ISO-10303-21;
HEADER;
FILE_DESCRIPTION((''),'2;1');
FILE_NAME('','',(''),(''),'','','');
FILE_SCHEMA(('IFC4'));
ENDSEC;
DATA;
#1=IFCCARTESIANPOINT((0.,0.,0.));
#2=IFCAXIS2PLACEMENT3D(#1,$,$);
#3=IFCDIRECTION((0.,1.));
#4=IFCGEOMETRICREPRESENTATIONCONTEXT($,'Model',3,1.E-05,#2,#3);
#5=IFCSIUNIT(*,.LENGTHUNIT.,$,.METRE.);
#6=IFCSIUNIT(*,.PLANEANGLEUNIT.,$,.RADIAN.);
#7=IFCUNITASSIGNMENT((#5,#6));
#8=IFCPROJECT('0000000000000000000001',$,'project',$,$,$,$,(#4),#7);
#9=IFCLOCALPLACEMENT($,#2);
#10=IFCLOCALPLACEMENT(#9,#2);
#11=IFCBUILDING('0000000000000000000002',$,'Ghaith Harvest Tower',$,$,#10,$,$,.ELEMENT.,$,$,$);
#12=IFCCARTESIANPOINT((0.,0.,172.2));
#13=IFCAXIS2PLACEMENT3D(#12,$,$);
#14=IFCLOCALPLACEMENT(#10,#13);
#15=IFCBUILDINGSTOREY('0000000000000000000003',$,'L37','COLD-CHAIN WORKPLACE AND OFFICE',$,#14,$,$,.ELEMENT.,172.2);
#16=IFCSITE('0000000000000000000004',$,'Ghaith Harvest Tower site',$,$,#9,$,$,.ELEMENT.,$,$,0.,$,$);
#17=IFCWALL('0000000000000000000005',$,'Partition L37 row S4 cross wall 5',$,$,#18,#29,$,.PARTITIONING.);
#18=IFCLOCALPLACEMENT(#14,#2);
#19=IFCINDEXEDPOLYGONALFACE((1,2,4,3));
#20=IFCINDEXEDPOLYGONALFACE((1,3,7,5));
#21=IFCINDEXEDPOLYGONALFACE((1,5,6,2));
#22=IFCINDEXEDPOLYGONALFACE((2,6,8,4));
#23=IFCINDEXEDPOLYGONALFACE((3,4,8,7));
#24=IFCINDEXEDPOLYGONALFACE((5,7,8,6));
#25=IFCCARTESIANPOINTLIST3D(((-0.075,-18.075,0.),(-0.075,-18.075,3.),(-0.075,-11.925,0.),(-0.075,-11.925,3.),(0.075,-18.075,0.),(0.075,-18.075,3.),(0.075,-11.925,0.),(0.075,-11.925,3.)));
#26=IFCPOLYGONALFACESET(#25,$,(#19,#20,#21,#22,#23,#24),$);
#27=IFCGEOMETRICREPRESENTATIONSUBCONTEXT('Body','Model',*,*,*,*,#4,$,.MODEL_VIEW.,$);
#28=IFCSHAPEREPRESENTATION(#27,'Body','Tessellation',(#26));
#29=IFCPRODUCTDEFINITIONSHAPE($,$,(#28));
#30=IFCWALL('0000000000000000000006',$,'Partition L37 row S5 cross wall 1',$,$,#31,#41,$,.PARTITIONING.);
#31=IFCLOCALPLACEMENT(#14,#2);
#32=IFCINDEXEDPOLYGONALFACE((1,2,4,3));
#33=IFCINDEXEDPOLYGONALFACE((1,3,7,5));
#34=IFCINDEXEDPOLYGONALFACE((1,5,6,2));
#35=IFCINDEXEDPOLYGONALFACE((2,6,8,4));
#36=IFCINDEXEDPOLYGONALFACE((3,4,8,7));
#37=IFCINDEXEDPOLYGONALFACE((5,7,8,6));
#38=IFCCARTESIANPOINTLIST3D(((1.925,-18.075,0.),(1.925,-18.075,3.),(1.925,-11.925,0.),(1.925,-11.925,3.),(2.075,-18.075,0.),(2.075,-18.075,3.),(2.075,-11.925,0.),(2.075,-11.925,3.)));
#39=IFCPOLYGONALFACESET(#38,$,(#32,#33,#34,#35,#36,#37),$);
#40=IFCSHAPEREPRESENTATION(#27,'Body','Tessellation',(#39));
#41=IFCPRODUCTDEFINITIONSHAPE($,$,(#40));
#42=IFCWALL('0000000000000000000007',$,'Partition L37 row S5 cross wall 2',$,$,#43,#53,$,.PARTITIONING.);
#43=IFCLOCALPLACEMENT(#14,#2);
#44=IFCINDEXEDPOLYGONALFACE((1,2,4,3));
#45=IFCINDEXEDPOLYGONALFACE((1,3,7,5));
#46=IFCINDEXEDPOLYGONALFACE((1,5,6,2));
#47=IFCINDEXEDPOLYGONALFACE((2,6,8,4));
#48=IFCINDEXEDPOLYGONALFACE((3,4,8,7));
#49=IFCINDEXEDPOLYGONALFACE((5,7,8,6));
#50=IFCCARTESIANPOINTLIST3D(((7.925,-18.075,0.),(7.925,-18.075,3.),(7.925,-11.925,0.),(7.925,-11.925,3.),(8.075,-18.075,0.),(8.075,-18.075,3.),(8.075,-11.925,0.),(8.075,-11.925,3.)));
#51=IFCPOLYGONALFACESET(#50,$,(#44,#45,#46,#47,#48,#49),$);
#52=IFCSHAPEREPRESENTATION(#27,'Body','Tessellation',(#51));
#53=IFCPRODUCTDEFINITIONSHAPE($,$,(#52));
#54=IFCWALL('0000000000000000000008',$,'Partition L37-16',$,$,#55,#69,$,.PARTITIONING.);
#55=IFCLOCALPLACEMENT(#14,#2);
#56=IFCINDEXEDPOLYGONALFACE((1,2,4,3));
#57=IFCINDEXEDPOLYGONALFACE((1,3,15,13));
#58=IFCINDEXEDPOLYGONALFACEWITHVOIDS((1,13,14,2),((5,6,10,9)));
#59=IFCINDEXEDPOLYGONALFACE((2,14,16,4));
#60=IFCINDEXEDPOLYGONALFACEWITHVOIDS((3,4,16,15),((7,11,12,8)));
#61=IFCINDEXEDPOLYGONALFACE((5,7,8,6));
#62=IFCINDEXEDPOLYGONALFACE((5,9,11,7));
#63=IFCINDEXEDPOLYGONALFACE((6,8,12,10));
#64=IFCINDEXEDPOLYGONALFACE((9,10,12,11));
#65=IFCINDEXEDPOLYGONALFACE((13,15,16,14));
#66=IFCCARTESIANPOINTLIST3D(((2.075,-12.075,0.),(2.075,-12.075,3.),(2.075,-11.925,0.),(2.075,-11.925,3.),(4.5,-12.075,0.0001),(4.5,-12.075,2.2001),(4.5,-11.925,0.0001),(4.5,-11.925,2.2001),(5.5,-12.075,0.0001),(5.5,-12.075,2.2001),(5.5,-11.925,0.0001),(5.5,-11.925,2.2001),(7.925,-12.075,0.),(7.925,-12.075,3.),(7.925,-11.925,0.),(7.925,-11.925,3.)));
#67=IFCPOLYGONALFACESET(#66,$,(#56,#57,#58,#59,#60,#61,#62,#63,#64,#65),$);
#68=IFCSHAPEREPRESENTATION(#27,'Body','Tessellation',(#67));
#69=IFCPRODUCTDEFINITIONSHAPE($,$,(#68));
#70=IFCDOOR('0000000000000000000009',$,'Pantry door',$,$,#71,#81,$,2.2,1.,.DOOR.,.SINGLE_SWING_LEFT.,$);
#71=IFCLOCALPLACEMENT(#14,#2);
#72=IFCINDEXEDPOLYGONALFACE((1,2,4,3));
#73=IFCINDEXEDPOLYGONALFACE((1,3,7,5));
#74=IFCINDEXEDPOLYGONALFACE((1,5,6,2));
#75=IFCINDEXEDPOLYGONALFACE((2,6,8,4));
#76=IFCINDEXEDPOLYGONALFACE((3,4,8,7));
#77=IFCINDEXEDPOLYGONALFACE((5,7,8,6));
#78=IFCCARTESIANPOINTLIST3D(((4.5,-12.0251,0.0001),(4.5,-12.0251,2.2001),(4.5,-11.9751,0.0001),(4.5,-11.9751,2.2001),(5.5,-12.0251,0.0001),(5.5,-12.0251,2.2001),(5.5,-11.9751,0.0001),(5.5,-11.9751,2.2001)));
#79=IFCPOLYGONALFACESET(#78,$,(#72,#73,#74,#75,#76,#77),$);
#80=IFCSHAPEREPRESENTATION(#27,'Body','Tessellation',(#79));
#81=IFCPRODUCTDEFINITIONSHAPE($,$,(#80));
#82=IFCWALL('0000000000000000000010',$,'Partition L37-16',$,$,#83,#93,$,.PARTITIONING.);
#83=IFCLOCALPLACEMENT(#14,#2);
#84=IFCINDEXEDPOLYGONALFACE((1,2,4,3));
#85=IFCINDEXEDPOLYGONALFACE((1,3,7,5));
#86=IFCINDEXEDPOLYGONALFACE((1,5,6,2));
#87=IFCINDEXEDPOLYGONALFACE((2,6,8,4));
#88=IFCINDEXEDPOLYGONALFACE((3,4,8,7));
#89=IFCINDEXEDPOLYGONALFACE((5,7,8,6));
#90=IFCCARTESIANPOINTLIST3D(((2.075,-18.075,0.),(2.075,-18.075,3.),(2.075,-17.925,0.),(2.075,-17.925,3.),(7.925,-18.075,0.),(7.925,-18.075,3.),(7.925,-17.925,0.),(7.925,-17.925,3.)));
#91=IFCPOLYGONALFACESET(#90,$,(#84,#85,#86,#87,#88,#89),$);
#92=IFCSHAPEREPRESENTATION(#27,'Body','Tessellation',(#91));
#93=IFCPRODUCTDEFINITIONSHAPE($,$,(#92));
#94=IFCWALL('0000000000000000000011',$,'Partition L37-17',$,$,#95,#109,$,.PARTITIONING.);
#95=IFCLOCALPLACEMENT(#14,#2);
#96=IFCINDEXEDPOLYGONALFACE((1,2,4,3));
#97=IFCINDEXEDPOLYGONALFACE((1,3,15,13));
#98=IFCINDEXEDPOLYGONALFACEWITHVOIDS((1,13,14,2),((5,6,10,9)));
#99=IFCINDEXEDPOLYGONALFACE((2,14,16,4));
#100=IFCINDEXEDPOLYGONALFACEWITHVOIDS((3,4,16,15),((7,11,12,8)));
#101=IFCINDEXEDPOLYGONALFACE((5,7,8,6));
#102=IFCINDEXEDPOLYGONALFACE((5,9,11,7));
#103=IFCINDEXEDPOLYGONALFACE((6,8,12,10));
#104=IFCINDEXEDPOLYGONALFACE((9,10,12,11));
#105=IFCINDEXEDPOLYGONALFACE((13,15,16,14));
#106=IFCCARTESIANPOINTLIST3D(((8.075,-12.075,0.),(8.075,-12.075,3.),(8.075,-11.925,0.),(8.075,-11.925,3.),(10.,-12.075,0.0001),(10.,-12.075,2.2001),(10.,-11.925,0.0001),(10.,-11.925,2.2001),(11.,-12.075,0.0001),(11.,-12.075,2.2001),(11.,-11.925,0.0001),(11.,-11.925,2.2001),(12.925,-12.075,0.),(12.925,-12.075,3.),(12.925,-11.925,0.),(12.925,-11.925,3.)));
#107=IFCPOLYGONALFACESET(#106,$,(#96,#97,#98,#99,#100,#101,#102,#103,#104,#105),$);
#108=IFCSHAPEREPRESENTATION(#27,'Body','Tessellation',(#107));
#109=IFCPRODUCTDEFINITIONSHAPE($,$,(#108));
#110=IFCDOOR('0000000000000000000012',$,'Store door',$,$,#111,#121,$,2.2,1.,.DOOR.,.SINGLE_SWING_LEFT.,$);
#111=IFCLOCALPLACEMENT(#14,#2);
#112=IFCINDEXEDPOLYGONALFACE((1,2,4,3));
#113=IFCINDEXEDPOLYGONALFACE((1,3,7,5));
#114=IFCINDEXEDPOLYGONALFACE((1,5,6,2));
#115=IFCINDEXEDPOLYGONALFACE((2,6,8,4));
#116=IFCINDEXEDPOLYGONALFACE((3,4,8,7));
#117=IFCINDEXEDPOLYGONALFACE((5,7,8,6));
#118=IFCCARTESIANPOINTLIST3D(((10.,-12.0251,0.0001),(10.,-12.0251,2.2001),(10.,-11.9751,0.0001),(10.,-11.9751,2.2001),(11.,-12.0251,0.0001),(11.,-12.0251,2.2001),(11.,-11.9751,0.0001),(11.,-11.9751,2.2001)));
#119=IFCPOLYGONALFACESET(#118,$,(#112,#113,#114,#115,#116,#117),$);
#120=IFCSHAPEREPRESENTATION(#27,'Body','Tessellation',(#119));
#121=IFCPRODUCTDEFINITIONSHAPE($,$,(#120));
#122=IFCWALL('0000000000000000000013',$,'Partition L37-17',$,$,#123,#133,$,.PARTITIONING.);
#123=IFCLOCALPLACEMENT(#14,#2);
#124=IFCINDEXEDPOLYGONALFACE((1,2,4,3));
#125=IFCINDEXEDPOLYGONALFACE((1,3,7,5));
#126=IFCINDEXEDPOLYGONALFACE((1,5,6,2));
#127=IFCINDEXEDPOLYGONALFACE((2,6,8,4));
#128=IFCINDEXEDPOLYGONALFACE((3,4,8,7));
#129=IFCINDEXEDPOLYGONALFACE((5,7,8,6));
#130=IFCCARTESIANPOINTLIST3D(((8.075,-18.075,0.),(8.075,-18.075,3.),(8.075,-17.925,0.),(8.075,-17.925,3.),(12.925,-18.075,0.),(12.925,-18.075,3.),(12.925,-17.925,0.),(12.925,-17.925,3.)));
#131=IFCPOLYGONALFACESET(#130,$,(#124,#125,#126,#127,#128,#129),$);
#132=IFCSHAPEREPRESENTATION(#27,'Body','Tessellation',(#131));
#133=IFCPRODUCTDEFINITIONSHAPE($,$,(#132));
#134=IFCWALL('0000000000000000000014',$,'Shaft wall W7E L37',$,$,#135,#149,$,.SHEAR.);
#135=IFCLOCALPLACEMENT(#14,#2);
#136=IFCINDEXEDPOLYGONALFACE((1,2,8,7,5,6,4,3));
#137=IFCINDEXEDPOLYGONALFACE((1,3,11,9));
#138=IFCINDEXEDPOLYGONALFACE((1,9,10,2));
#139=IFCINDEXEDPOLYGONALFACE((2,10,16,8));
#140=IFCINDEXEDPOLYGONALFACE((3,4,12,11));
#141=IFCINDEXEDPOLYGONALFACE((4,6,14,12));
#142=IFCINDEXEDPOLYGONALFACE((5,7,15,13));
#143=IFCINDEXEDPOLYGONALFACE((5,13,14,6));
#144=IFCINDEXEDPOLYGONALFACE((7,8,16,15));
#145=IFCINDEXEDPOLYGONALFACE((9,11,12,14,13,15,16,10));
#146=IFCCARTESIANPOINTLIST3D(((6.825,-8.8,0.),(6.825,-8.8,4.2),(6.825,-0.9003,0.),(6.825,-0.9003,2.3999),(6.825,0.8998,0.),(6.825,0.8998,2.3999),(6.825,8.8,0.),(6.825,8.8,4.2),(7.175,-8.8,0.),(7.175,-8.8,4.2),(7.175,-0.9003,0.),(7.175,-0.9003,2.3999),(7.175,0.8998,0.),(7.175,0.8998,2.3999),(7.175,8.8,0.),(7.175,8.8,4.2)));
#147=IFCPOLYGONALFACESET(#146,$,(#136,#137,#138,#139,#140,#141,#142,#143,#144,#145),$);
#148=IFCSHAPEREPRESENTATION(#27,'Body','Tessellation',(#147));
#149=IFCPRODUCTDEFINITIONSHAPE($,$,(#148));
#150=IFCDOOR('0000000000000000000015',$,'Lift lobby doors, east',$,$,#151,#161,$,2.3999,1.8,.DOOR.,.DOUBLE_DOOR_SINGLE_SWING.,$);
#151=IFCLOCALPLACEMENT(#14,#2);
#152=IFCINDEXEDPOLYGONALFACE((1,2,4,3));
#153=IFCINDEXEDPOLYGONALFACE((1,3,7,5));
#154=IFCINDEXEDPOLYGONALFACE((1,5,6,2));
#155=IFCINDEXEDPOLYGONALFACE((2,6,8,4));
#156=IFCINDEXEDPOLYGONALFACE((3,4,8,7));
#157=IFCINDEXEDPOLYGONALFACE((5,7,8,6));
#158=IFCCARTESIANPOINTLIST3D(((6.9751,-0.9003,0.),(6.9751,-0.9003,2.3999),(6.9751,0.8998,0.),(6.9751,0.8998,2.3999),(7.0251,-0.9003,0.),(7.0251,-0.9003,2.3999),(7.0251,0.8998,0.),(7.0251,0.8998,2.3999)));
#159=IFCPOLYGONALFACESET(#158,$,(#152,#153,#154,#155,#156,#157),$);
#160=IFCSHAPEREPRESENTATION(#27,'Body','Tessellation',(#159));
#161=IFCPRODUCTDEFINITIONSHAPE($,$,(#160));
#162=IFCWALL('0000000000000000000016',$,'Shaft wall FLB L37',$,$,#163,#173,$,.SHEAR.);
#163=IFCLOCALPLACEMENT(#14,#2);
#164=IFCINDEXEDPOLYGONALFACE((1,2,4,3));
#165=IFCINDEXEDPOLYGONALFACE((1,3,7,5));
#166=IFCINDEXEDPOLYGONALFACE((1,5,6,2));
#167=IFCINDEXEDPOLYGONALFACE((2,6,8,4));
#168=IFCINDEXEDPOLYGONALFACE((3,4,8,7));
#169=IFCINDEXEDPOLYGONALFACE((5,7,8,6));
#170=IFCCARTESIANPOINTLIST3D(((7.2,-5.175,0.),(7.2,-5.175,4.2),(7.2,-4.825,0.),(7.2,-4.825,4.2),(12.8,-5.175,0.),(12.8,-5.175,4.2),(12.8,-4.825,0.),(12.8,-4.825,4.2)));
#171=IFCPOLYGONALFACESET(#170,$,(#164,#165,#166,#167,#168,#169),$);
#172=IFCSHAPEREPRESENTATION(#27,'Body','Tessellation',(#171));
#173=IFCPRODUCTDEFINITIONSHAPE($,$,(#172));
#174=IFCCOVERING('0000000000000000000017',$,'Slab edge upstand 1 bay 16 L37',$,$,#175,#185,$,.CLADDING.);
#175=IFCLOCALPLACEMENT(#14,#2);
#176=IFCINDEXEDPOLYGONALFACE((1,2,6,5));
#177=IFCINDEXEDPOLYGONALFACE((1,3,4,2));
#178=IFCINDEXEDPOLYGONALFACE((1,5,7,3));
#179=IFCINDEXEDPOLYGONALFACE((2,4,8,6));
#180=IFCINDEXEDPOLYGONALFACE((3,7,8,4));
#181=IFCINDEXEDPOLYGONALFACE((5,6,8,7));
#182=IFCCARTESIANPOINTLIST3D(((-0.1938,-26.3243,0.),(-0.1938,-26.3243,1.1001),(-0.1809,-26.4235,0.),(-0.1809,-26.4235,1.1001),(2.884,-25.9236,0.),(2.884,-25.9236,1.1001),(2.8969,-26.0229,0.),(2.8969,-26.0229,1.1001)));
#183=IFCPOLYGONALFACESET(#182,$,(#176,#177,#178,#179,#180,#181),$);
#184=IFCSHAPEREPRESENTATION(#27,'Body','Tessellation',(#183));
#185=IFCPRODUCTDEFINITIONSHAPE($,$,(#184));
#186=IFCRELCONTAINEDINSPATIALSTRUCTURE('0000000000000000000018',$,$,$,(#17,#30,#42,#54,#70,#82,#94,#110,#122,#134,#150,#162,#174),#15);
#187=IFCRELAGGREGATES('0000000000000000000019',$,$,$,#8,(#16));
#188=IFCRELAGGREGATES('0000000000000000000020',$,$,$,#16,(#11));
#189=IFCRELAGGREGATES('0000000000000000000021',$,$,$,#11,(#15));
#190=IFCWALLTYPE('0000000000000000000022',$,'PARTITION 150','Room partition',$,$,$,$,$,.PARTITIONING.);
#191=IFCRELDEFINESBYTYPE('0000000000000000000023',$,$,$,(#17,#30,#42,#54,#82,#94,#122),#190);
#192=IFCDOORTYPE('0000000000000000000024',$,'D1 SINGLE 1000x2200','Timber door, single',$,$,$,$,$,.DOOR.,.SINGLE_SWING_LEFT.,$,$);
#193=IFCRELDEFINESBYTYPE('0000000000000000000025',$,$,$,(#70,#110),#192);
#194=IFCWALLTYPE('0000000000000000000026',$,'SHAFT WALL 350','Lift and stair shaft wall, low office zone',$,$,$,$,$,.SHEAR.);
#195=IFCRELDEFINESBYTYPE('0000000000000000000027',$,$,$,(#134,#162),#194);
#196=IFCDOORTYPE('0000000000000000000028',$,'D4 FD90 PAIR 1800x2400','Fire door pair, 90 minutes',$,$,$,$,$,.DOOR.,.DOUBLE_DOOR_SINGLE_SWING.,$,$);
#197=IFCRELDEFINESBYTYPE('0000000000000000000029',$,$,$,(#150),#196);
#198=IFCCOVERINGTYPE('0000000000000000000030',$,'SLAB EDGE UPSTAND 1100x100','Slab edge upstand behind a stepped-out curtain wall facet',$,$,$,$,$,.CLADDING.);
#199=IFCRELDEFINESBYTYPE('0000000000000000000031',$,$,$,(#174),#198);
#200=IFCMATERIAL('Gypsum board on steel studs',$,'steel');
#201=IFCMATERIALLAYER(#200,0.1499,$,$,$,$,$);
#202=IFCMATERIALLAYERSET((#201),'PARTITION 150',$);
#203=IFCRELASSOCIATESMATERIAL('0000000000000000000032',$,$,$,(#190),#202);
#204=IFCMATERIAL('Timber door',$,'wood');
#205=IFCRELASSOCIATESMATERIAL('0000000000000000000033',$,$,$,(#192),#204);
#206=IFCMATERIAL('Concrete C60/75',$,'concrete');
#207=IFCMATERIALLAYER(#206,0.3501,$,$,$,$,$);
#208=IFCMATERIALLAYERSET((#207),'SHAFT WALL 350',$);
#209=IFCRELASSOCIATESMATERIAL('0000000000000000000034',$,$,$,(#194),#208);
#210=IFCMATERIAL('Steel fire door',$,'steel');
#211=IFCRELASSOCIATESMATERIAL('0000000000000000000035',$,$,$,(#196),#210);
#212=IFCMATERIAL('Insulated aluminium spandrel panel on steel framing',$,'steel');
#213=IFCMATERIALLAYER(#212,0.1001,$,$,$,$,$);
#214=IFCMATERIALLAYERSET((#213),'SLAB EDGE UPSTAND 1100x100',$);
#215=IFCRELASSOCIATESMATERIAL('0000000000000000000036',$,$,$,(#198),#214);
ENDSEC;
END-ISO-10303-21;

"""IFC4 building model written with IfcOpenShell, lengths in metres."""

from ifc_helpers import new_model, si_unit, direction, frame, frame_2d, origin, origin_2d, place, context, subcontext, project, spatial, rectangle, extrude, material, layer, layer_set, type_object, element, fill, save


model = new_model("IFC4")

# Units and contexts
model_context = context("Model", 3, precision=1e-05, world=origin(), true_north=direction((0.0, 1.0)))
body_context = subcontext(model_context, "Body", "Model", "MODEL_VIEW")
ifc_project = project(units=[si_unit("LENGTHUNIT", "METRE"), si_unit("PLANEANGLEUNIT", "RADIAN")], contexts=[model_context])

# Site, building, storey
site_placement = place(None, origin())
site = spatial("IfcSite", under=ifc_project, at=site_placement, Name="Ghaith Harvest Tower site", CompositionType="ELEMENT", RefElevation=0.0)
building_placement = place(site_placement, origin())
building = spatial("IfcBuilding", under=site, at=building_placement, Name="Ghaith Harvest Tower", CompositionType="ELEMENT")
storey_placement = place(building_placement, frame((0.0, 0.0, 172.2)))
storey = spatial("IfcBuildingStorey", under=building, at=storey_placement, Name="L37", Description="COLD-CHAIN WORKPLACE AND OFFICE", CompositionType="ELEMENT", Elevation=172.2)

# Walls
ifc_material_1 = material(Name="Gypsum board on steel studs", Category="steel")
ifc_layer_1 = layer(ifc_material_1, 0.1499)
ifc_layer_set_1 = layer_set([ifc_layer_1], Name="PARTITION 150")
wall_type_1 = type_object("IfcWallType", Name="PARTITION 150", Description="Room partition", PredefinedType="PARTITIONING", material=ifc_layer_set_1)
for number, where, z_axis, x_axis, name in (
    (1, (0.0, -11.925, 0.0), (0.0, 0.0, 1.0), (0.0, -1.0, 0.0), "Partition L37 row S4 cross wall 5"),
    (2, (2.0, -11.925, 0.0), (0.0, 0.0, 1.0), (0.0, -1.0, 0.0), "Partition L37 row S5 cross wall 1"),
    (3, (8.0, -11.925, 0.0), (0.0, 0.0, 1.0), (0.0, -1.0, 0.0), "Partition L37 row S5 cross wall 2"),
):
    element("IfcWall", number, at=place(storey_placement, frame(where, z_axis=z_axis, x_axis=x_axis)), inside=storey, type_object=wall_type_1, Name=name, PredefinedType="PARTITIONING", context=body_context, shape_type="SweptSolid", body=[
        extrude(rectangle(XDim=6.1499, YDim=0.1499, at=frame_2d((3.075, 0.0))), origin(), (0.0, 0.0, 1.0), 3.0),
    ])

# Wall, opening, door
wall_1_placement = place(storey_placement, frame((2.075, -12.0, 0.0), z_axis=(0.0, 0.0, 1.0), x_axis=(1.0, 0.0, 0.0)))
wall_1 = element("IfcWall", 4, at=wall_1_placement, inside=storey, type_object=wall_type_1, Name="Partition L37-16", PredefinedType="PARTITIONING", context=body_context, shape_type="SweptSolid", body=[
    extrude(rectangle(XDim=5.8501, YDim=0.1499, at=frame_2d((2.925, 0.0))), origin(), (0.0, 0.0, 1.0), 3.0),
])
opening_1_placement = place(wall_1_placement, frame((2.425, 0.0, 0.0)))
opening_1 = element("IfcOpeningElement", 5, at=opening_1_placement, cuts=wall_1, PredefinedType="OPENING", context=body_context, shape_type="SweptSolid", body=[
    extrude(rectangle(XDim=1.0, YDim=2.2, at=frame_2d((0.5, 1.1001))), frame((0.0, 0.085, 0.0), z_axis=(0.0, -1.0, 0.0), x_axis=(1.0, 0.0, 0.0)), (0.0, 0.0, 1.0), 0.1699),
])
ifc_material_2 = material(Name="Timber door", Category="wood")
door_type_1 = type_object("IfcDoorType", Name="D1 SINGLE 1000x2200", Description="Timber door, single", OperationType="SINGLE_SWING_LEFT", PredefinedType="DOOR", material=ifc_material_2)
door_1_placement = place(opening_1_placement, origin())
door_1 = element("IfcDoor", 6, at=door_1_placement, inside=storey, type_object=door_type_1, Name="Pantry door", OperationType="SINGLE_SWING_LEFT", OverallHeight=2.2, OverallWidth=1.0, PredefinedType="DOOR", context=body_context, shape_type="SweptSolid", body=[
    extrude(rectangle(XDim=1.0, YDim=2.2, at=frame_2d((0.5, 1.1001))), frame((0.0, 0.0249, 0.0), z_axis=(0.0, -1.0, 0.0), x_axis=(1.0, 0.0, 0.0)), (0.0, 0.0, 1.0), 0.05),
])
fill(opening_1, door_1)

# Wall
wall_2_placement = place(storey_placement, frame((2.075, -18.0, 0.0), z_axis=(0.0, 0.0, 1.0), x_axis=(1.0, 0.0, 0.0)))
element("IfcWall", 7, at=wall_2_placement, inside=storey, type_object=wall_type_1, Name="Partition L37-16", PredefinedType="PARTITIONING", context=body_context, shape_type="SweptSolid", body=[
    extrude(rectangle(XDim=5.8501, YDim=0.1499, at=frame_2d((2.925, 0.0))), origin(), (0.0, 0.0, 1.0), 3.0),
])

# Wall, opening, door
wall_3_placement = place(storey_placement, frame((8.075, -12.0, 0.0), z_axis=(0.0, 0.0, 1.0), x_axis=(1.0, 0.0, 0.0)))
wall_3 = element("IfcWall", 8, at=wall_3_placement, inside=storey, type_object=wall_type_1, Name="Partition L37-17", PredefinedType="PARTITIONING", context=body_context, shape_type="SweptSolid", body=[
    extrude(rectangle(XDim=4.8501, YDim=0.1499, at=frame_2d((2.425, 0.0))), origin(), (0.0, 0.0, 1.0), 3.0),
])
opening_2_placement = place(wall_3_placement, frame((1.925, 0.0, 0.0)))
opening_2 = element("IfcOpeningElement", 9, at=opening_2_placement, cuts=wall_3, PredefinedType="OPENING", context=body_context, shape_type="SweptSolid", body=[
    extrude(rectangle(XDim=1.0, YDim=2.2, at=frame_2d((0.5, 1.1001))), frame((0.0, 0.085, 0.0), z_axis=(0.0, -1.0, 0.0), x_axis=(1.0, 0.0, 0.0)), (0.0, 0.0, 1.0), 0.1699),
])
door_2_placement = place(opening_2_placement, origin())
door_2 = element("IfcDoor", 10, at=door_2_placement, inside=storey, type_object=door_type_1, Name="Store door", OperationType="SINGLE_SWING_LEFT", OverallHeight=2.2, OverallWidth=1.0, PredefinedType="DOOR", context=body_context, shape_type="SweptSolid", body=[
    extrude(rectangle(XDim=1.0, YDim=2.2, at=frame_2d((0.5, 1.1001))), frame((0.0, 0.0249, 0.0), z_axis=(0.0, -1.0, 0.0), x_axis=(1.0, 0.0, 0.0)), (0.0, 0.0, 1.0), 0.05),
])
fill(opening_2, door_2)

# Wall
wall_4_placement = place(storey_placement, frame((8.075, -18.0, 0.0), z_axis=(0.0, 0.0, 1.0), x_axis=(1.0, 0.0, 0.0)))
element("IfcWall", 11, at=wall_4_placement, inside=storey, type_object=wall_type_1, Name="Partition L37-17", PredefinedType="PARTITIONING", context=body_context, shape_type="SweptSolid", body=[
    extrude(rectangle(XDim=4.8501, YDim=0.1499, at=frame_2d((2.425, 0.0))), origin(), (0.0, 0.0, 1.0), 3.0),
])

# Wall, opening, door
ifc_material_3 = material(Name="Concrete C60/75", Category="concrete")
ifc_layer_2 = layer(ifc_material_3, 0.3501)
ifc_layer_set_2 = layer_set([ifc_layer_2], Name="SHAFT WALL 350")
wall_type_2 = type_object("IfcWallType", Name="SHAFT WALL 350", Description="Lift and stair shaft wall, low office zone", PredefinedType="SHEAR", material=ifc_layer_set_2)
wall_5_placement = place(storey_placement, frame((7.0, -8.8, 0.0), z_axis=(0.0, 0.0, 1.0), x_axis=(0.0, 1.0, 0.0)))
wall_5 = element("IfcWall", 12, at=wall_5_placement, inside=storey, type_object=wall_type_2, Name="Shaft wall W7E L37", PredefinedType="SHEAR", context=body_context, shape_type="SweptSolid", body=[
    extrude(rectangle(XDim=17.6001, YDim=0.3501, at=frame_2d((8.8, 0.0))), origin(), (0.0, 0.0, 1.0), 4.2),
])
opening_3_placement = place(wall_5_placement, frame((7.8999, 0.0, 0.0)))
opening_3 = element("IfcOpeningElement", 13, at=opening_3_placement, cuts=wall_5, PredefinedType="OPENING", context=body_context, shape_type="SweptSolid", body=[
    extrude(rectangle(XDim=1.8, YDim=2.3999, at=frame_2d((0.8999, 1.2))), frame((0.0, 0.1851, 0.0), z_axis=(0.0, -1.0, 0.0), x_axis=(1.0, 0.0, 0.0)), (0.0, 0.0, 1.0), 0.3701),
])
ifc_material_4 = material(Name="Steel fire door", Category="steel")
door_type_2 = type_object("IfcDoorType", Name="D4 FD90 PAIR 1800x2400", Description="Fire door pair, 90 minutes", OperationType="DOUBLE_DOOR_SINGLE_SWING", PredefinedType="DOOR", material=ifc_material_4)
door_3_placement = place(opening_3_placement, origin())
door_3 = element("IfcDoor", 14, at=door_3_placement, inside=storey, type_object=door_type_2, Name="Lift lobby doors, east", OperationType="DOUBLE_DOOR_SINGLE_SWING", OverallHeight=2.3999, OverallWidth=1.8, PredefinedType="DOOR", context=body_context, shape_type="SweptSolid", body=[
    extrude(rectangle(XDim=1.8, YDim=2.3999, at=frame_2d((0.8999, 1.2))), frame((0.0, 0.0249, 0.0), z_axis=(0.0, -1.0, 0.0), x_axis=(1.0, 0.0, 0.0)), (0.0, 0.0, 1.0), 0.05),
])
fill(opening_3, door_3)

# Wall
wall_6_placement = place(storey_placement, frame((7.2, -5.0, 0.0), z_axis=(0.0, 0.0, 1.0), x_axis=(1.0, 0.0, 0.0)))
element("IfcWall", 15, at=wall_6_placement, inside=storey, type_object=wall_type_2, Name="Shaft wall FLB L37", PredefinedType="SHEAR", context=body_context, shape_type="SweptSolid", body=[
    extrude(rectangle(XDim=5.6001, YDim=0.3501, at=frame_2d((2.8, 0.0))), origin(), (0.0, 0.0, 1.0), 4.2),
])

# Covering
ifc_material_5 = material(Name="Insulated aluminium spandrel panel on steel framing", Category="steel")
ifc_layer_3 = layer(ifc_material_5, 0.1001)
ifc_layer_set_3 = layer_set([ifc_layer_3], Name="SLAB EDGE UPSTAND 1100x100")
covering_type = type_object("IfcCoveringType", Name="SLAB EDGE UPSTAND 1100x100", Description="Slab edge upstand behind a stepped-out curtain wall facet", PredefinedType="CLADDING", material=ifc_layer_set_3)
covering_1_placement = place(storey_placement, frame((1.3516, -26.1736, 0.0), z_axis=(0.0, 0.0, 1.0), x_axis=(0.991634, 0.129084, 0.0)))
element("IfcCovering", 16, at=covering_1_placement, inside=storey, type_object=covering_type, Name="Slab edge upstand 1 bay 16 L37", PredefinedType="CLADDING", context=body_context, shape_type="SweptSolid", body=[
    extrude(rectangle(XDim=3.1038, YDim=0.1001, at=origin_2d()), origin(), (0.0, 0.0, 1.0), 1.1001),
])

save(model, "model.ifc")
